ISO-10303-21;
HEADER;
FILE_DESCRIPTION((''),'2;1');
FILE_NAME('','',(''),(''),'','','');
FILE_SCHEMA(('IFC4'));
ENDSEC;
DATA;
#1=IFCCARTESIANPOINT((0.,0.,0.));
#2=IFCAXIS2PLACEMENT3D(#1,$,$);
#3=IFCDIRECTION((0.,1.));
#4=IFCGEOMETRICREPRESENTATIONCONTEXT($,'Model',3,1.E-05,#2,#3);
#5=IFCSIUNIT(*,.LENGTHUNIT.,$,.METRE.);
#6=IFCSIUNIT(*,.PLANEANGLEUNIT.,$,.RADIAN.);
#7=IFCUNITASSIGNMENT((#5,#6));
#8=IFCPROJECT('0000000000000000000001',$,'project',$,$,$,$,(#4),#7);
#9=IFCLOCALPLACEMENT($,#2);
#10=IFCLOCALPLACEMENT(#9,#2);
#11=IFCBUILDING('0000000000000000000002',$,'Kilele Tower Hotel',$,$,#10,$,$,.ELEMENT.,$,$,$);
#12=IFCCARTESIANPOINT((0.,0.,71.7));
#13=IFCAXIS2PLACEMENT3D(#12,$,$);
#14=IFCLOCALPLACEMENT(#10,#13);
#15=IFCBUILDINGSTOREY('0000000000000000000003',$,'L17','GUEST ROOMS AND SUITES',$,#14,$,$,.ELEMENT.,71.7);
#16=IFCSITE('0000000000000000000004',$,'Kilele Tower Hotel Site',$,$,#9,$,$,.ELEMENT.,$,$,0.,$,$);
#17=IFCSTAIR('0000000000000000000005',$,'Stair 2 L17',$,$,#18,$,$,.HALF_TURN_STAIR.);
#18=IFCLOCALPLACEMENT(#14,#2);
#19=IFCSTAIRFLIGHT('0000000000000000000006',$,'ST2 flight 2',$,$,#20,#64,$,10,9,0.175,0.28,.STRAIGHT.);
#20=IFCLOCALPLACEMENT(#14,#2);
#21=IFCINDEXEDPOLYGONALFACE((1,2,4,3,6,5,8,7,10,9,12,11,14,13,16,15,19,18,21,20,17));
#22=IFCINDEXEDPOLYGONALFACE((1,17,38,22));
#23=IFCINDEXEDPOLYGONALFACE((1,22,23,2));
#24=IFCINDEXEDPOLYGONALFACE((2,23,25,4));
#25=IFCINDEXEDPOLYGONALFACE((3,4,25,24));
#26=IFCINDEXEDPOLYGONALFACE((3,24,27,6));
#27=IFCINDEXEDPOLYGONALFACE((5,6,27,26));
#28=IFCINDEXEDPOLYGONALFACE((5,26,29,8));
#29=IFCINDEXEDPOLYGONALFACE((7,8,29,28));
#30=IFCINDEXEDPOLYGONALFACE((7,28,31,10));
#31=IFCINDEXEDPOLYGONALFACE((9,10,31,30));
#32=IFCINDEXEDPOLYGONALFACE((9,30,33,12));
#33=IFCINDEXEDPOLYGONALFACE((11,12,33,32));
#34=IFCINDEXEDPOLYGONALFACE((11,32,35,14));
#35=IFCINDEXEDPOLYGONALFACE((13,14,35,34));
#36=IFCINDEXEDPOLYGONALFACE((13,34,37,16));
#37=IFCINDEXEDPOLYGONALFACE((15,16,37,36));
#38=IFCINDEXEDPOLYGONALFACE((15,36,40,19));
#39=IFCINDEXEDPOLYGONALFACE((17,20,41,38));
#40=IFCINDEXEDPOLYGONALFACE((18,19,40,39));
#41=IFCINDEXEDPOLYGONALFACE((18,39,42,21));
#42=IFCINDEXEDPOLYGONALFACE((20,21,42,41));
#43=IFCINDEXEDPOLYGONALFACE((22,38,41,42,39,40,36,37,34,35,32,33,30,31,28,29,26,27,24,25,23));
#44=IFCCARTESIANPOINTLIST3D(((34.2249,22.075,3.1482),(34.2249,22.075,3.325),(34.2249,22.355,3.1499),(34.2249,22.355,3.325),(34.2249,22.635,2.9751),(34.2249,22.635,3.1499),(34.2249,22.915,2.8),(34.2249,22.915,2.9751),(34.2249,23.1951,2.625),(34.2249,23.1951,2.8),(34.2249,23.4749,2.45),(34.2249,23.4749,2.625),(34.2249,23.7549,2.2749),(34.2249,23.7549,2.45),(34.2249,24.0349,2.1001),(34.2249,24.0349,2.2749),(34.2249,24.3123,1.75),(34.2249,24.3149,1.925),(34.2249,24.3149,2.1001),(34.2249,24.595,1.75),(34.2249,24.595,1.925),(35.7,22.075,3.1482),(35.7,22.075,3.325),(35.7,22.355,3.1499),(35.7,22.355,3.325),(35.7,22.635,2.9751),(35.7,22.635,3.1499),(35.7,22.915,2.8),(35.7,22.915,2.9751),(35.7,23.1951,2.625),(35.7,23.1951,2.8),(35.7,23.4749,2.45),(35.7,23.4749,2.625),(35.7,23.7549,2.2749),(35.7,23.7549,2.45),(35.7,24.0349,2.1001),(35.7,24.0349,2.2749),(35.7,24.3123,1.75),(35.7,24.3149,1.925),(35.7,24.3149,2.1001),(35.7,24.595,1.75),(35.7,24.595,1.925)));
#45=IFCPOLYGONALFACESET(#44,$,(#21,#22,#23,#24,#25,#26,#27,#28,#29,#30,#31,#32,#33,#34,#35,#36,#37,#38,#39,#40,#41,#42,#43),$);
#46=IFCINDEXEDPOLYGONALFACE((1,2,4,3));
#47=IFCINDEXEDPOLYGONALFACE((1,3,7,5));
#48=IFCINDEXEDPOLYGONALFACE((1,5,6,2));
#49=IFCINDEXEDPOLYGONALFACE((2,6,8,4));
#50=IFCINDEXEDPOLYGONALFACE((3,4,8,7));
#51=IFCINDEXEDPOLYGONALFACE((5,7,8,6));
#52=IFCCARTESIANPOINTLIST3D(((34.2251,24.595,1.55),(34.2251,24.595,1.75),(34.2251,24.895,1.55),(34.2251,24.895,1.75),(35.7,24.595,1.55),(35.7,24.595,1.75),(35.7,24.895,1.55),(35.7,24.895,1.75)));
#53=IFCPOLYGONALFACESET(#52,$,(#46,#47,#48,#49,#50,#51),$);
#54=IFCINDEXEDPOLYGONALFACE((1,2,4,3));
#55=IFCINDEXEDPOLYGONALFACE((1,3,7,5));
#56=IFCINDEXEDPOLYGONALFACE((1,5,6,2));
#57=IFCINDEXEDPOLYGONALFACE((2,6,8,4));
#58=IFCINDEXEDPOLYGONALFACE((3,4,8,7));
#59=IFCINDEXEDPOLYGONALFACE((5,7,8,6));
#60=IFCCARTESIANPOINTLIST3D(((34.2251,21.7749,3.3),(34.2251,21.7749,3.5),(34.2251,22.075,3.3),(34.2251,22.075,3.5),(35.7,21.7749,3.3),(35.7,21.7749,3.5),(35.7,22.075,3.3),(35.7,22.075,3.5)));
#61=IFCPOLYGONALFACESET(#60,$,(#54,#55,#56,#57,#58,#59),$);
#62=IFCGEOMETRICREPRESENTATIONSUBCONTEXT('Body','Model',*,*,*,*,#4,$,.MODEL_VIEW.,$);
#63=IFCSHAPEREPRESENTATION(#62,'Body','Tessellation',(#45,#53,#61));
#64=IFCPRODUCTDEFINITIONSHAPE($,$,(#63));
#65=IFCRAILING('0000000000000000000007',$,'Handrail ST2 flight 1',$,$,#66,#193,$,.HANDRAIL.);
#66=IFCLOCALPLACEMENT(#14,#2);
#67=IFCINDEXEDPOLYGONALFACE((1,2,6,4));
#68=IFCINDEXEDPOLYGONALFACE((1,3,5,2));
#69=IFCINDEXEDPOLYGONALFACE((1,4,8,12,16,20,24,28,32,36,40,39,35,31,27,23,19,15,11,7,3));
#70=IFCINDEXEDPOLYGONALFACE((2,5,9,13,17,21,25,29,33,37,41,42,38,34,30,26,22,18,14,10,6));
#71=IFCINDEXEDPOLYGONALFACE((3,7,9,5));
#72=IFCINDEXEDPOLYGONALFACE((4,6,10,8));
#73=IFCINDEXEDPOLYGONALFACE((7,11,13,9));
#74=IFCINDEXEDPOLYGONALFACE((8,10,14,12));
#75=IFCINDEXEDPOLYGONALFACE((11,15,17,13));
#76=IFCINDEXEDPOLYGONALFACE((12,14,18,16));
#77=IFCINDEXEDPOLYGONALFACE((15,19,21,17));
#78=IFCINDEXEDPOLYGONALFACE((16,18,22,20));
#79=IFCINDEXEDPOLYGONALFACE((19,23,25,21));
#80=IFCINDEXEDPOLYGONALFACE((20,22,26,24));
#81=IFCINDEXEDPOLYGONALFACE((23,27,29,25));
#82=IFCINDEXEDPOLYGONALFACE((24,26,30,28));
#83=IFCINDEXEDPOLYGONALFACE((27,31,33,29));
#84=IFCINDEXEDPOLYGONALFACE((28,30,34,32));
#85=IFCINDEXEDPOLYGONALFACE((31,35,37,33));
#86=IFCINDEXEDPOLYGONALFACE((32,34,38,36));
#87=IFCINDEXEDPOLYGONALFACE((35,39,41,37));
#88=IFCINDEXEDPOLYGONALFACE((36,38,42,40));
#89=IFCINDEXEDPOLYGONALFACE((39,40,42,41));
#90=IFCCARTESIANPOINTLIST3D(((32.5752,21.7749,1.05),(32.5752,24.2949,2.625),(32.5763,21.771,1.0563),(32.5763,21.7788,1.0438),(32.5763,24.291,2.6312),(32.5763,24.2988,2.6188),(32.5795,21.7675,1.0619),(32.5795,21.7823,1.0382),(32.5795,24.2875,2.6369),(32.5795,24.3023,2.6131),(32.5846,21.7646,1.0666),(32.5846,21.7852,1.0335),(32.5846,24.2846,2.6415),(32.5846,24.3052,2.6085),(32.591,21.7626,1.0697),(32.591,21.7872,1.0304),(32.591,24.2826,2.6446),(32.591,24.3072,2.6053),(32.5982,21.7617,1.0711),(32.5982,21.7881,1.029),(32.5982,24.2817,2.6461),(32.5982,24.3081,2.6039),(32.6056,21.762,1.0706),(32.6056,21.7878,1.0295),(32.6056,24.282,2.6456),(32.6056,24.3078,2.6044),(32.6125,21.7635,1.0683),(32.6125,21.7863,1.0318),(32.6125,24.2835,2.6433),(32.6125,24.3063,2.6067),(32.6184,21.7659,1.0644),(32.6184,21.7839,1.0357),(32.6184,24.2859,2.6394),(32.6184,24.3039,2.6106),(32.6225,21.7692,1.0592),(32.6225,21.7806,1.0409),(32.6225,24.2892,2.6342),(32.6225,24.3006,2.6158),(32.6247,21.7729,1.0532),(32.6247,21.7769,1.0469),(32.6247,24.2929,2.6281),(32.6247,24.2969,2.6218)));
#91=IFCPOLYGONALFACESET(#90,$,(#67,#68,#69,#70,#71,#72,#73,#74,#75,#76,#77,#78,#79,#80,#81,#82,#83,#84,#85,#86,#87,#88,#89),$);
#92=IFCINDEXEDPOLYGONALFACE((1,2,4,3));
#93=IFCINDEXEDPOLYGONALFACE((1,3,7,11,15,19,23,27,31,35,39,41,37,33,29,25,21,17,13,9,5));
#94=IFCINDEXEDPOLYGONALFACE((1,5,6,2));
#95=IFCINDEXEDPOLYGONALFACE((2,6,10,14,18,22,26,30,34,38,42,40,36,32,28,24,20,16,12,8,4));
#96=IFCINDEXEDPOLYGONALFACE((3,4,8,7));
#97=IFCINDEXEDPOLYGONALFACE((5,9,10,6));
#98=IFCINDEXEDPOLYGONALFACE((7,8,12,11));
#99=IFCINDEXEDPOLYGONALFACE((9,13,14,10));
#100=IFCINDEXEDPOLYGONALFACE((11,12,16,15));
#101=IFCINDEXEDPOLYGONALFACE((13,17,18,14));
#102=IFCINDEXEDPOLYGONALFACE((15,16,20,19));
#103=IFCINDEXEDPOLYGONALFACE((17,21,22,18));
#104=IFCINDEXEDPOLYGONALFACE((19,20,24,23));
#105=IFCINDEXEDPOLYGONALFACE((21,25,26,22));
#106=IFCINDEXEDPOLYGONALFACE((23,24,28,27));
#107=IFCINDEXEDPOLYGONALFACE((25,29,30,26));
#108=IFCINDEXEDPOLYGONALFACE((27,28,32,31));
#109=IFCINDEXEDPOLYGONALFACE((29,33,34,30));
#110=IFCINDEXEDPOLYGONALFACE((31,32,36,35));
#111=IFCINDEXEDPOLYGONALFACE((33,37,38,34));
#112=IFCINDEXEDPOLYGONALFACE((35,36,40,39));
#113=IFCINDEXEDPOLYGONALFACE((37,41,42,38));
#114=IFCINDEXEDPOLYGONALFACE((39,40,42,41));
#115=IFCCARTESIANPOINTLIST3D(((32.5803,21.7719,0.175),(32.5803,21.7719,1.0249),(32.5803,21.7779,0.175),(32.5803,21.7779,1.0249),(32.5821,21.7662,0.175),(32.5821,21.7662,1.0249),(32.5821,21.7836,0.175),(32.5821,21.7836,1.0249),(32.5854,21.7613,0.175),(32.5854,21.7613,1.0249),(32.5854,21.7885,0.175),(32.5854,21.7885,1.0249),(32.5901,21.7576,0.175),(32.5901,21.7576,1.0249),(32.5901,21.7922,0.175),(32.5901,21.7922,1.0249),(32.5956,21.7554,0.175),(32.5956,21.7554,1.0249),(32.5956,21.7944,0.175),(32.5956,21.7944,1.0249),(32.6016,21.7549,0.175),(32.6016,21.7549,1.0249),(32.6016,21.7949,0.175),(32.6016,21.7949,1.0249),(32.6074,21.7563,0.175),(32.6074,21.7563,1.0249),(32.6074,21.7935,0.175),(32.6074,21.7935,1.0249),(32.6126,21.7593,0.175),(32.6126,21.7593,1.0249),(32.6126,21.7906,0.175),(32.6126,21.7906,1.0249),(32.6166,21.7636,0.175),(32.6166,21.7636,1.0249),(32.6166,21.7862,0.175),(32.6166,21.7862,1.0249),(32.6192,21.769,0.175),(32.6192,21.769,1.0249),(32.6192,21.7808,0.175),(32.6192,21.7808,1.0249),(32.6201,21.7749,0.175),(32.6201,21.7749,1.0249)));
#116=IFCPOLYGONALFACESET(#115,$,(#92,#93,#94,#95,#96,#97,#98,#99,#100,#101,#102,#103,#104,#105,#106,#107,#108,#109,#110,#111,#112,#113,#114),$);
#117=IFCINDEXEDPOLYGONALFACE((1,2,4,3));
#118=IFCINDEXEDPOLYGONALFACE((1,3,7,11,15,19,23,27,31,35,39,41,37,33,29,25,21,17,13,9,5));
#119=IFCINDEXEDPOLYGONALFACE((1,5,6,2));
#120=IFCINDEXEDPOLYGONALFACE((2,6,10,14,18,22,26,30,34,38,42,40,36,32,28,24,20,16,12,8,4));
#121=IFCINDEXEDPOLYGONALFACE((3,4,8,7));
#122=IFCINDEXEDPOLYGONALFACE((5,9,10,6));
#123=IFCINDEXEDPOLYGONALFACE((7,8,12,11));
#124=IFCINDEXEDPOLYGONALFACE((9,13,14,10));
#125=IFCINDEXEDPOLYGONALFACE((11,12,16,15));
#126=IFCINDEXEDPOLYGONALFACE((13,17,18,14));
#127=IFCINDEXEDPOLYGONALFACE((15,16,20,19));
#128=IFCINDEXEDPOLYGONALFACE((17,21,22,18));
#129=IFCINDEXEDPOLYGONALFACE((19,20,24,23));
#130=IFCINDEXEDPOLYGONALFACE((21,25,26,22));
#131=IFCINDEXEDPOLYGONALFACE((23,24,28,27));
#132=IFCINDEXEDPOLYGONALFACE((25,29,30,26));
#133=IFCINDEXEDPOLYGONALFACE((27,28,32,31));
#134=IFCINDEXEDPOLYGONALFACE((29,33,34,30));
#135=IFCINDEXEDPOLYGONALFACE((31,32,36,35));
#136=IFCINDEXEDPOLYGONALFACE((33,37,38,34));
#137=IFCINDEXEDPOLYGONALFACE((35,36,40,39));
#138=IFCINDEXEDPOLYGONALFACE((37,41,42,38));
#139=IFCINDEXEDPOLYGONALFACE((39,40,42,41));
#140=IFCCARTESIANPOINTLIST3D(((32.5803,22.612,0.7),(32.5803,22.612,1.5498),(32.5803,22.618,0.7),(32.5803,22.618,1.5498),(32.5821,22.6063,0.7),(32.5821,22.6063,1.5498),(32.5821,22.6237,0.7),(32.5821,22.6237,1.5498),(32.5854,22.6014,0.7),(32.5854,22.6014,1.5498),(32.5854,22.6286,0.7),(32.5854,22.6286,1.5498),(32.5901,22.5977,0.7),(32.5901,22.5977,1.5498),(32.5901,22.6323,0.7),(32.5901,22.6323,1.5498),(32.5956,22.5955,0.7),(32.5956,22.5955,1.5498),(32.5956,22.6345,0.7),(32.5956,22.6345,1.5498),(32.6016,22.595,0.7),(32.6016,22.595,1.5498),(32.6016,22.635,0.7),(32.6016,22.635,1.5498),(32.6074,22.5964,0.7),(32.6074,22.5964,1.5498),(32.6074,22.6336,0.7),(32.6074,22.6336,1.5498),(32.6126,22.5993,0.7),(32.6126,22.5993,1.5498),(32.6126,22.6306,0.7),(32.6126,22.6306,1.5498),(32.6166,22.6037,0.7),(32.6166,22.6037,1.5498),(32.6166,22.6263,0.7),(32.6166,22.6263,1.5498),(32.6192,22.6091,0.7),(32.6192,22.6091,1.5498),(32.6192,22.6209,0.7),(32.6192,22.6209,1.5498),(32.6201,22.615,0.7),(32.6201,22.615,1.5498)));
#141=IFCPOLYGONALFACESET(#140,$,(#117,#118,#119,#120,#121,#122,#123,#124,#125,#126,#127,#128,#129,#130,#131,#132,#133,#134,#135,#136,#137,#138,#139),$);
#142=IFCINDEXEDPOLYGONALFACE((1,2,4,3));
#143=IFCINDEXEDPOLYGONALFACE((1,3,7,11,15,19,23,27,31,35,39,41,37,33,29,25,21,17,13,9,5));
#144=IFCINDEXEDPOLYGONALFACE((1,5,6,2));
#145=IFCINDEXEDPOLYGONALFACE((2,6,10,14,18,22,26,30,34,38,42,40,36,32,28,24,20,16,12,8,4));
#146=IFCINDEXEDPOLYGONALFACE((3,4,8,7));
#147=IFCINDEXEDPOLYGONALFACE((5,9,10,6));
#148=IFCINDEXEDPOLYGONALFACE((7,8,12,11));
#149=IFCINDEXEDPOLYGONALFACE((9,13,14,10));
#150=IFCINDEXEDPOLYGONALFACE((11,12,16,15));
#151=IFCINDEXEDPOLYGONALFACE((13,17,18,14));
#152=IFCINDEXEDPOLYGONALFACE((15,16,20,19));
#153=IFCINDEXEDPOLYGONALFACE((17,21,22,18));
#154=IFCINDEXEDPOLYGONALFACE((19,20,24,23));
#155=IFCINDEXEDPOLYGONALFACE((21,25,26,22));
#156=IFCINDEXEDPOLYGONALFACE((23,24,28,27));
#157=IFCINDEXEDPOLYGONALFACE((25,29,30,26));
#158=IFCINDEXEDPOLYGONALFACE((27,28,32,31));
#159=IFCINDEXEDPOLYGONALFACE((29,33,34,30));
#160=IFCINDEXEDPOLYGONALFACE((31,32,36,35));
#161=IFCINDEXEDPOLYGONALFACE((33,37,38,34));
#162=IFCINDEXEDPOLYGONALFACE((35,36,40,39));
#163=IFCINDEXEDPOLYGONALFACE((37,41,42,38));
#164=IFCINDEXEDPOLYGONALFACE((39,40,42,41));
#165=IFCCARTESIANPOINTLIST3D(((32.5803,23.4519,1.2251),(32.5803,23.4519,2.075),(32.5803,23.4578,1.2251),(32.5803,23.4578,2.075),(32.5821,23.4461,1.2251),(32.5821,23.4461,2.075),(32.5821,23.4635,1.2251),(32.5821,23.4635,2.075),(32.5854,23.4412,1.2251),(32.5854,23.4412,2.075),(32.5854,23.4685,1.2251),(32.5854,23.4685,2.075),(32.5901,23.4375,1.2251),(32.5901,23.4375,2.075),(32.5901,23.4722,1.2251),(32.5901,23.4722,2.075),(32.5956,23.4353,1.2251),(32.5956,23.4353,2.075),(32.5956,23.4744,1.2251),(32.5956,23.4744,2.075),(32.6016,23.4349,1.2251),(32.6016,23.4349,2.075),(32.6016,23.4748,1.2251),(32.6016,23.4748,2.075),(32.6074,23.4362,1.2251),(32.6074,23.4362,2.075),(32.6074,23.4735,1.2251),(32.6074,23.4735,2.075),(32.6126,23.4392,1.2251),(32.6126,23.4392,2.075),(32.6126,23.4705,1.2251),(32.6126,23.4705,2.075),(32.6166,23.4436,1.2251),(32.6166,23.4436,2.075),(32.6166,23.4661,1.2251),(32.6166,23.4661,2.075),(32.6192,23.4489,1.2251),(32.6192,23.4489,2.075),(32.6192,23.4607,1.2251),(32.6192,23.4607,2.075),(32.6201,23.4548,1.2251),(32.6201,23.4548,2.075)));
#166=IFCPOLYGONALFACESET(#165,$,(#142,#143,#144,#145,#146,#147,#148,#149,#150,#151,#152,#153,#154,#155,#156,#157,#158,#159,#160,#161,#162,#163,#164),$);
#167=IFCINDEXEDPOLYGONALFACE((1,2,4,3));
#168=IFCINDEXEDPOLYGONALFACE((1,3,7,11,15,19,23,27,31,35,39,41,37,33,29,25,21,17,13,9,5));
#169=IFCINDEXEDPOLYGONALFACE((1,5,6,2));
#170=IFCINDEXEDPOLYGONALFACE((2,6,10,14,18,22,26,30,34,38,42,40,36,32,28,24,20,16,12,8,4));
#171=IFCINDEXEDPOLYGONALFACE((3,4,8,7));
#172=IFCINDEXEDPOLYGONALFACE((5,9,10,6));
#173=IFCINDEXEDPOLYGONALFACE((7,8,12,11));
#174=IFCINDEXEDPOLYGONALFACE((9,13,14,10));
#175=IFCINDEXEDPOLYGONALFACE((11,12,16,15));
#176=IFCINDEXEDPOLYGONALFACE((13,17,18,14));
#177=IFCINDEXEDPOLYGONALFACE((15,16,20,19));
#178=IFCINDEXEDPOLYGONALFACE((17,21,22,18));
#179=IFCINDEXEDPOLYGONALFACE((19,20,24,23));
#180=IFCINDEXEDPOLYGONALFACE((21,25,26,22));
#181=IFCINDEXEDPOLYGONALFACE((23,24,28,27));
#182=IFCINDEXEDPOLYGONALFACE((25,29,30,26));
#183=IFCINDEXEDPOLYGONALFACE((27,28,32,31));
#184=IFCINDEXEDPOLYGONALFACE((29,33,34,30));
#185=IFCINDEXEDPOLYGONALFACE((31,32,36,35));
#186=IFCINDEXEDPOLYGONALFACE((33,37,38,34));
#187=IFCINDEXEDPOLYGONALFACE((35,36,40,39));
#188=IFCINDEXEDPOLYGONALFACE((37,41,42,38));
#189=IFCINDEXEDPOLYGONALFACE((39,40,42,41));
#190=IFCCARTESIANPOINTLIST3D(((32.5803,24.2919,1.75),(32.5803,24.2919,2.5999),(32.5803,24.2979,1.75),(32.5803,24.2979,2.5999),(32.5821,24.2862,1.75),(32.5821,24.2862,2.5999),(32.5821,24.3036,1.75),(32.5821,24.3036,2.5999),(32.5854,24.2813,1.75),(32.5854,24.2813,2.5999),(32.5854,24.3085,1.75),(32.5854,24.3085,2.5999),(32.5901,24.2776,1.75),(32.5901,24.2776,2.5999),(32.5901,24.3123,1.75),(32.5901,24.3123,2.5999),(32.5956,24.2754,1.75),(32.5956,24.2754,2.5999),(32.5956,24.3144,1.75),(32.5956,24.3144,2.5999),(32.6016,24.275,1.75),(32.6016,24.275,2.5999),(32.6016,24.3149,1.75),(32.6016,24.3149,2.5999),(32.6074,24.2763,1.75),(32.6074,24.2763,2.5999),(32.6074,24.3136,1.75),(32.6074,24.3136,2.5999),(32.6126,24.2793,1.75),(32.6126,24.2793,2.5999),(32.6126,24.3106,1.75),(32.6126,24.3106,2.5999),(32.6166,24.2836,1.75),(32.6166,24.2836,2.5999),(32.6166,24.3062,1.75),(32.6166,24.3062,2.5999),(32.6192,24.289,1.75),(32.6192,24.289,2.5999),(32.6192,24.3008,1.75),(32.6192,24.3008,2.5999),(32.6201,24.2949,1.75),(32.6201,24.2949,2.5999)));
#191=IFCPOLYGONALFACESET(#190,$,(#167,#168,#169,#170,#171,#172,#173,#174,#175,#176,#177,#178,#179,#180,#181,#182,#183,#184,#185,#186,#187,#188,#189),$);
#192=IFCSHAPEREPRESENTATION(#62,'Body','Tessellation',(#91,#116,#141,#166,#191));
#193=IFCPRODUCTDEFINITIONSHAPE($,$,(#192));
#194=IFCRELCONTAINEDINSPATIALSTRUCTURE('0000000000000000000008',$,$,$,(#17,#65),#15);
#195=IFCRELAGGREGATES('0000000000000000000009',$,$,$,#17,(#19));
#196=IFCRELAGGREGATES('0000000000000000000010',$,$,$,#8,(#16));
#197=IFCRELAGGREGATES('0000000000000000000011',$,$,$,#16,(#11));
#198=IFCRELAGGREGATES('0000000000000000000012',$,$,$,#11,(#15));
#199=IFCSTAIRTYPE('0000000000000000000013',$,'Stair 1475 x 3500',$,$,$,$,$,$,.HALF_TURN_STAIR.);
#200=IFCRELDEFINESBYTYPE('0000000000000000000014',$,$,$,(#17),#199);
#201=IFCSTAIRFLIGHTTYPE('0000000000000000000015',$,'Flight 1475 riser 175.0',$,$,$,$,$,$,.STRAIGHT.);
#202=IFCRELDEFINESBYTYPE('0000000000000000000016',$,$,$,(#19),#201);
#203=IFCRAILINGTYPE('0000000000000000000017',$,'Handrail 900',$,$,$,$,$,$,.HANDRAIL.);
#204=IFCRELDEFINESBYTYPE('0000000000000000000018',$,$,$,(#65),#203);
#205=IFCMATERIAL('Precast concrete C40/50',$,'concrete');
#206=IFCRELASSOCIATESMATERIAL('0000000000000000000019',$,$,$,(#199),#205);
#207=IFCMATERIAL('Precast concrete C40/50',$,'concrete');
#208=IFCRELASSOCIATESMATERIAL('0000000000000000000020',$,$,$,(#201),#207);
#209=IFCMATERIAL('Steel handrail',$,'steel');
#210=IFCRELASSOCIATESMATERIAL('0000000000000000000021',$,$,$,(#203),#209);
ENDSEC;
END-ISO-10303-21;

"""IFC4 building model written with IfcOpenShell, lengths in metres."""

from ifc_helpers import new_model, si_unit, direction, frame, origin, origin_2d, place, context, subcontext, project, spatial, polyline, circle, outline, extrude, material, type_object, element, aggregate, save


model = new_model("IFC4")

# Units and contexts
model_context = context("Model", 3, precision=1e-05, world=origin(), true_north=direction((0.0, 1.0)))
body_context = subcontext(model_context, "Body", "Model", "MODEL_VIEW")
ifc_project = project(units=[si_unit("LENGTHUNIT", "METRE"), si_unit("PLANEANGLEUNIT", "RADIAN")], contexts=[model_context])

# Site, building, storey
site_placement = place(None, origin())
site = spatial("IfcSite", under=ifc_project, at=site_placement, Name="Kilele Tower Hotel Site", CompositionType="ELEMENT", RefElevation=0.0)
building_placement = place(site_placement, origin())
building = spatial("IfcBuilding", under=site, at=building_placement, Name="Kilele Tower Hotel", CompositionType="ELEMENT")
storey_placement = place(building_placement, frame((0.0, 0.0, 71.7)))
storey = spatial("IfcBuildingStorey", under=building, at=storey_placement, Name="L17", Description="GUEST ROOMS AND SUITES", CompositionType="ELEMENT", Elevation=71.7)

# Stair, stair flight
ifc_material_1 = material(Name="Precast concrete C40/50", Category="concrete")
stair_type = type_object("IfcStairType", Name="Stair 1475 x 3500", PredefinedType="HALF_TURN_STAIR", material=ifc_material_1)
stair_placement = place(storey_placement, origin())
stair = element("IfcStair", 1, at=stair_placement, inside=storey, type_object=stair_type, Name="Stair 2 L17", PredefinedType="HALF_TURN_STAIR")
ifc_material_2 = material(Name="Precast concrete C40/50", Category="concrete")
stair_flight_type = type_object("IfcStairFlightType", Name="Flight 1475 riser 175.0", PredefinedType="STRAIGHT", material=ifc_material_2)
stair_flight_1_placement = place(storey_placement, frame((34.9624, 24.595, 1.75), z_axis=(0.0, 0.0, 1.0), x_axis=(0.0, -1.0, 0.0)))
stair_flight_1 = element("IfcStairFlight", 2, at=stair_flight_1_placement, type_object=stair_flight_type, Name="ST2 flight 2", NumberOfRisers=10, NumberOfTreads=9, PredefinedType="STRAIGHT", RiserHeight=0.175, TreadLength=0.28, context=body_context, shape_type="SweptSolid", body=[
    extrude(outline(polyline([(0.0, 0.0), (0.0, 0.175), (0.28, 0.175), (0.28, 0.3501), (0.5601, 0.3501), (0.5601, 0.5249), (0.8401, 0.5249), (0.8401, 0.7), (1.1201, 0.7), (1.1201, 0.875), (1.3999, 0.875), (1.3999, 1.05), (1.6799, 1.05), (1.6799, 1.2251), (1.96, 1.2251), (1.96, 1.3999), (2.24, 1.3999), (2.24, 1.575), (2.52, 1.575), (2.52, 1.75), (2.52, 1.3982), (0.2827, 0.0), (0.0, 0.0)])), frame((0.0, 0.7375, 0.0), z_axis=(0.0, -1.0, 0.0), x_axis=(1.0, 0.0, 0.0)), (0.0, 0.0, 1.0), 1.4751),
    extrude(outline(polyline([(0.0, -0.7373), (0.0, 0.7375), (-0.3, 0.7375), (-0.3, -0.7373), (0.0, -0.7373)])), frame((0.0, 0.0, -0.2)), (0.0, 0.0, 1.0), 0.2),
    extrude(outline(polyline([(2.8201, -0.7373), (2.8201, 0.7375), (2.52, 0.7375), (2.52, -0.7373), (2.8201, -0.7373)])), frame((0.0, 0.0, 1.55)), (0.0, 0.0, 1.0), 0.2),
])
aggregate(stair, [stair_flight_1])

# Railing
ifc_material_3 = material(Name="Steel handrail", Category="steel")
railing_type_1 = type_object("IfcRailingType", Name="Handrail 900", PredefinedType="HANDRAIL", material=ifc_material_3)
for number, where, name in (
    (3, (32.6001, 21.7749, 0.175), "Handrail ST2 flight 1"),
):
    element("IfcRailing", number, at=place(storey_placement, frame(where)), inside=storey, type_object=railing_type_1, Name=name, PredefinedType="HANDRAIL", context=body_context, shape_type="SweptSolid", body=[
        extrude(circle(Radius=0.0249, at=origin_2d()), frame((0.0, 0.0, 0.875), z_axis=(0.0, 0.848008, 0.529984), x_axis=(-1.0, 0.0, 0.0)), (0.0, 0.0, 1.0), 2.9717),
        extrude(circle(Radius=0.02, at=origin_2d()), origin(), (0.0, 0.0, 1.0), 0.8499),
        extrude(circle(Radius=0.02, at=origin_2d()), frame((0.0, 0.8401, 0.5249)), (0.0, 0.0, 1.0), 0.8499),
        extrude(circle(Radius=0.02, at=origin_2d()), frame((0.0, 1.6799, 1.05)), (0.0, 0.0, 1.0), 0.8499),
        extrude(circle(Radius=0.02, at=origin_2d()), frame((0.0, 2.52, 1.575)), (0.0, 0.0, 1.0), 0.8499),
    ])

save(model, "model.ifc")
